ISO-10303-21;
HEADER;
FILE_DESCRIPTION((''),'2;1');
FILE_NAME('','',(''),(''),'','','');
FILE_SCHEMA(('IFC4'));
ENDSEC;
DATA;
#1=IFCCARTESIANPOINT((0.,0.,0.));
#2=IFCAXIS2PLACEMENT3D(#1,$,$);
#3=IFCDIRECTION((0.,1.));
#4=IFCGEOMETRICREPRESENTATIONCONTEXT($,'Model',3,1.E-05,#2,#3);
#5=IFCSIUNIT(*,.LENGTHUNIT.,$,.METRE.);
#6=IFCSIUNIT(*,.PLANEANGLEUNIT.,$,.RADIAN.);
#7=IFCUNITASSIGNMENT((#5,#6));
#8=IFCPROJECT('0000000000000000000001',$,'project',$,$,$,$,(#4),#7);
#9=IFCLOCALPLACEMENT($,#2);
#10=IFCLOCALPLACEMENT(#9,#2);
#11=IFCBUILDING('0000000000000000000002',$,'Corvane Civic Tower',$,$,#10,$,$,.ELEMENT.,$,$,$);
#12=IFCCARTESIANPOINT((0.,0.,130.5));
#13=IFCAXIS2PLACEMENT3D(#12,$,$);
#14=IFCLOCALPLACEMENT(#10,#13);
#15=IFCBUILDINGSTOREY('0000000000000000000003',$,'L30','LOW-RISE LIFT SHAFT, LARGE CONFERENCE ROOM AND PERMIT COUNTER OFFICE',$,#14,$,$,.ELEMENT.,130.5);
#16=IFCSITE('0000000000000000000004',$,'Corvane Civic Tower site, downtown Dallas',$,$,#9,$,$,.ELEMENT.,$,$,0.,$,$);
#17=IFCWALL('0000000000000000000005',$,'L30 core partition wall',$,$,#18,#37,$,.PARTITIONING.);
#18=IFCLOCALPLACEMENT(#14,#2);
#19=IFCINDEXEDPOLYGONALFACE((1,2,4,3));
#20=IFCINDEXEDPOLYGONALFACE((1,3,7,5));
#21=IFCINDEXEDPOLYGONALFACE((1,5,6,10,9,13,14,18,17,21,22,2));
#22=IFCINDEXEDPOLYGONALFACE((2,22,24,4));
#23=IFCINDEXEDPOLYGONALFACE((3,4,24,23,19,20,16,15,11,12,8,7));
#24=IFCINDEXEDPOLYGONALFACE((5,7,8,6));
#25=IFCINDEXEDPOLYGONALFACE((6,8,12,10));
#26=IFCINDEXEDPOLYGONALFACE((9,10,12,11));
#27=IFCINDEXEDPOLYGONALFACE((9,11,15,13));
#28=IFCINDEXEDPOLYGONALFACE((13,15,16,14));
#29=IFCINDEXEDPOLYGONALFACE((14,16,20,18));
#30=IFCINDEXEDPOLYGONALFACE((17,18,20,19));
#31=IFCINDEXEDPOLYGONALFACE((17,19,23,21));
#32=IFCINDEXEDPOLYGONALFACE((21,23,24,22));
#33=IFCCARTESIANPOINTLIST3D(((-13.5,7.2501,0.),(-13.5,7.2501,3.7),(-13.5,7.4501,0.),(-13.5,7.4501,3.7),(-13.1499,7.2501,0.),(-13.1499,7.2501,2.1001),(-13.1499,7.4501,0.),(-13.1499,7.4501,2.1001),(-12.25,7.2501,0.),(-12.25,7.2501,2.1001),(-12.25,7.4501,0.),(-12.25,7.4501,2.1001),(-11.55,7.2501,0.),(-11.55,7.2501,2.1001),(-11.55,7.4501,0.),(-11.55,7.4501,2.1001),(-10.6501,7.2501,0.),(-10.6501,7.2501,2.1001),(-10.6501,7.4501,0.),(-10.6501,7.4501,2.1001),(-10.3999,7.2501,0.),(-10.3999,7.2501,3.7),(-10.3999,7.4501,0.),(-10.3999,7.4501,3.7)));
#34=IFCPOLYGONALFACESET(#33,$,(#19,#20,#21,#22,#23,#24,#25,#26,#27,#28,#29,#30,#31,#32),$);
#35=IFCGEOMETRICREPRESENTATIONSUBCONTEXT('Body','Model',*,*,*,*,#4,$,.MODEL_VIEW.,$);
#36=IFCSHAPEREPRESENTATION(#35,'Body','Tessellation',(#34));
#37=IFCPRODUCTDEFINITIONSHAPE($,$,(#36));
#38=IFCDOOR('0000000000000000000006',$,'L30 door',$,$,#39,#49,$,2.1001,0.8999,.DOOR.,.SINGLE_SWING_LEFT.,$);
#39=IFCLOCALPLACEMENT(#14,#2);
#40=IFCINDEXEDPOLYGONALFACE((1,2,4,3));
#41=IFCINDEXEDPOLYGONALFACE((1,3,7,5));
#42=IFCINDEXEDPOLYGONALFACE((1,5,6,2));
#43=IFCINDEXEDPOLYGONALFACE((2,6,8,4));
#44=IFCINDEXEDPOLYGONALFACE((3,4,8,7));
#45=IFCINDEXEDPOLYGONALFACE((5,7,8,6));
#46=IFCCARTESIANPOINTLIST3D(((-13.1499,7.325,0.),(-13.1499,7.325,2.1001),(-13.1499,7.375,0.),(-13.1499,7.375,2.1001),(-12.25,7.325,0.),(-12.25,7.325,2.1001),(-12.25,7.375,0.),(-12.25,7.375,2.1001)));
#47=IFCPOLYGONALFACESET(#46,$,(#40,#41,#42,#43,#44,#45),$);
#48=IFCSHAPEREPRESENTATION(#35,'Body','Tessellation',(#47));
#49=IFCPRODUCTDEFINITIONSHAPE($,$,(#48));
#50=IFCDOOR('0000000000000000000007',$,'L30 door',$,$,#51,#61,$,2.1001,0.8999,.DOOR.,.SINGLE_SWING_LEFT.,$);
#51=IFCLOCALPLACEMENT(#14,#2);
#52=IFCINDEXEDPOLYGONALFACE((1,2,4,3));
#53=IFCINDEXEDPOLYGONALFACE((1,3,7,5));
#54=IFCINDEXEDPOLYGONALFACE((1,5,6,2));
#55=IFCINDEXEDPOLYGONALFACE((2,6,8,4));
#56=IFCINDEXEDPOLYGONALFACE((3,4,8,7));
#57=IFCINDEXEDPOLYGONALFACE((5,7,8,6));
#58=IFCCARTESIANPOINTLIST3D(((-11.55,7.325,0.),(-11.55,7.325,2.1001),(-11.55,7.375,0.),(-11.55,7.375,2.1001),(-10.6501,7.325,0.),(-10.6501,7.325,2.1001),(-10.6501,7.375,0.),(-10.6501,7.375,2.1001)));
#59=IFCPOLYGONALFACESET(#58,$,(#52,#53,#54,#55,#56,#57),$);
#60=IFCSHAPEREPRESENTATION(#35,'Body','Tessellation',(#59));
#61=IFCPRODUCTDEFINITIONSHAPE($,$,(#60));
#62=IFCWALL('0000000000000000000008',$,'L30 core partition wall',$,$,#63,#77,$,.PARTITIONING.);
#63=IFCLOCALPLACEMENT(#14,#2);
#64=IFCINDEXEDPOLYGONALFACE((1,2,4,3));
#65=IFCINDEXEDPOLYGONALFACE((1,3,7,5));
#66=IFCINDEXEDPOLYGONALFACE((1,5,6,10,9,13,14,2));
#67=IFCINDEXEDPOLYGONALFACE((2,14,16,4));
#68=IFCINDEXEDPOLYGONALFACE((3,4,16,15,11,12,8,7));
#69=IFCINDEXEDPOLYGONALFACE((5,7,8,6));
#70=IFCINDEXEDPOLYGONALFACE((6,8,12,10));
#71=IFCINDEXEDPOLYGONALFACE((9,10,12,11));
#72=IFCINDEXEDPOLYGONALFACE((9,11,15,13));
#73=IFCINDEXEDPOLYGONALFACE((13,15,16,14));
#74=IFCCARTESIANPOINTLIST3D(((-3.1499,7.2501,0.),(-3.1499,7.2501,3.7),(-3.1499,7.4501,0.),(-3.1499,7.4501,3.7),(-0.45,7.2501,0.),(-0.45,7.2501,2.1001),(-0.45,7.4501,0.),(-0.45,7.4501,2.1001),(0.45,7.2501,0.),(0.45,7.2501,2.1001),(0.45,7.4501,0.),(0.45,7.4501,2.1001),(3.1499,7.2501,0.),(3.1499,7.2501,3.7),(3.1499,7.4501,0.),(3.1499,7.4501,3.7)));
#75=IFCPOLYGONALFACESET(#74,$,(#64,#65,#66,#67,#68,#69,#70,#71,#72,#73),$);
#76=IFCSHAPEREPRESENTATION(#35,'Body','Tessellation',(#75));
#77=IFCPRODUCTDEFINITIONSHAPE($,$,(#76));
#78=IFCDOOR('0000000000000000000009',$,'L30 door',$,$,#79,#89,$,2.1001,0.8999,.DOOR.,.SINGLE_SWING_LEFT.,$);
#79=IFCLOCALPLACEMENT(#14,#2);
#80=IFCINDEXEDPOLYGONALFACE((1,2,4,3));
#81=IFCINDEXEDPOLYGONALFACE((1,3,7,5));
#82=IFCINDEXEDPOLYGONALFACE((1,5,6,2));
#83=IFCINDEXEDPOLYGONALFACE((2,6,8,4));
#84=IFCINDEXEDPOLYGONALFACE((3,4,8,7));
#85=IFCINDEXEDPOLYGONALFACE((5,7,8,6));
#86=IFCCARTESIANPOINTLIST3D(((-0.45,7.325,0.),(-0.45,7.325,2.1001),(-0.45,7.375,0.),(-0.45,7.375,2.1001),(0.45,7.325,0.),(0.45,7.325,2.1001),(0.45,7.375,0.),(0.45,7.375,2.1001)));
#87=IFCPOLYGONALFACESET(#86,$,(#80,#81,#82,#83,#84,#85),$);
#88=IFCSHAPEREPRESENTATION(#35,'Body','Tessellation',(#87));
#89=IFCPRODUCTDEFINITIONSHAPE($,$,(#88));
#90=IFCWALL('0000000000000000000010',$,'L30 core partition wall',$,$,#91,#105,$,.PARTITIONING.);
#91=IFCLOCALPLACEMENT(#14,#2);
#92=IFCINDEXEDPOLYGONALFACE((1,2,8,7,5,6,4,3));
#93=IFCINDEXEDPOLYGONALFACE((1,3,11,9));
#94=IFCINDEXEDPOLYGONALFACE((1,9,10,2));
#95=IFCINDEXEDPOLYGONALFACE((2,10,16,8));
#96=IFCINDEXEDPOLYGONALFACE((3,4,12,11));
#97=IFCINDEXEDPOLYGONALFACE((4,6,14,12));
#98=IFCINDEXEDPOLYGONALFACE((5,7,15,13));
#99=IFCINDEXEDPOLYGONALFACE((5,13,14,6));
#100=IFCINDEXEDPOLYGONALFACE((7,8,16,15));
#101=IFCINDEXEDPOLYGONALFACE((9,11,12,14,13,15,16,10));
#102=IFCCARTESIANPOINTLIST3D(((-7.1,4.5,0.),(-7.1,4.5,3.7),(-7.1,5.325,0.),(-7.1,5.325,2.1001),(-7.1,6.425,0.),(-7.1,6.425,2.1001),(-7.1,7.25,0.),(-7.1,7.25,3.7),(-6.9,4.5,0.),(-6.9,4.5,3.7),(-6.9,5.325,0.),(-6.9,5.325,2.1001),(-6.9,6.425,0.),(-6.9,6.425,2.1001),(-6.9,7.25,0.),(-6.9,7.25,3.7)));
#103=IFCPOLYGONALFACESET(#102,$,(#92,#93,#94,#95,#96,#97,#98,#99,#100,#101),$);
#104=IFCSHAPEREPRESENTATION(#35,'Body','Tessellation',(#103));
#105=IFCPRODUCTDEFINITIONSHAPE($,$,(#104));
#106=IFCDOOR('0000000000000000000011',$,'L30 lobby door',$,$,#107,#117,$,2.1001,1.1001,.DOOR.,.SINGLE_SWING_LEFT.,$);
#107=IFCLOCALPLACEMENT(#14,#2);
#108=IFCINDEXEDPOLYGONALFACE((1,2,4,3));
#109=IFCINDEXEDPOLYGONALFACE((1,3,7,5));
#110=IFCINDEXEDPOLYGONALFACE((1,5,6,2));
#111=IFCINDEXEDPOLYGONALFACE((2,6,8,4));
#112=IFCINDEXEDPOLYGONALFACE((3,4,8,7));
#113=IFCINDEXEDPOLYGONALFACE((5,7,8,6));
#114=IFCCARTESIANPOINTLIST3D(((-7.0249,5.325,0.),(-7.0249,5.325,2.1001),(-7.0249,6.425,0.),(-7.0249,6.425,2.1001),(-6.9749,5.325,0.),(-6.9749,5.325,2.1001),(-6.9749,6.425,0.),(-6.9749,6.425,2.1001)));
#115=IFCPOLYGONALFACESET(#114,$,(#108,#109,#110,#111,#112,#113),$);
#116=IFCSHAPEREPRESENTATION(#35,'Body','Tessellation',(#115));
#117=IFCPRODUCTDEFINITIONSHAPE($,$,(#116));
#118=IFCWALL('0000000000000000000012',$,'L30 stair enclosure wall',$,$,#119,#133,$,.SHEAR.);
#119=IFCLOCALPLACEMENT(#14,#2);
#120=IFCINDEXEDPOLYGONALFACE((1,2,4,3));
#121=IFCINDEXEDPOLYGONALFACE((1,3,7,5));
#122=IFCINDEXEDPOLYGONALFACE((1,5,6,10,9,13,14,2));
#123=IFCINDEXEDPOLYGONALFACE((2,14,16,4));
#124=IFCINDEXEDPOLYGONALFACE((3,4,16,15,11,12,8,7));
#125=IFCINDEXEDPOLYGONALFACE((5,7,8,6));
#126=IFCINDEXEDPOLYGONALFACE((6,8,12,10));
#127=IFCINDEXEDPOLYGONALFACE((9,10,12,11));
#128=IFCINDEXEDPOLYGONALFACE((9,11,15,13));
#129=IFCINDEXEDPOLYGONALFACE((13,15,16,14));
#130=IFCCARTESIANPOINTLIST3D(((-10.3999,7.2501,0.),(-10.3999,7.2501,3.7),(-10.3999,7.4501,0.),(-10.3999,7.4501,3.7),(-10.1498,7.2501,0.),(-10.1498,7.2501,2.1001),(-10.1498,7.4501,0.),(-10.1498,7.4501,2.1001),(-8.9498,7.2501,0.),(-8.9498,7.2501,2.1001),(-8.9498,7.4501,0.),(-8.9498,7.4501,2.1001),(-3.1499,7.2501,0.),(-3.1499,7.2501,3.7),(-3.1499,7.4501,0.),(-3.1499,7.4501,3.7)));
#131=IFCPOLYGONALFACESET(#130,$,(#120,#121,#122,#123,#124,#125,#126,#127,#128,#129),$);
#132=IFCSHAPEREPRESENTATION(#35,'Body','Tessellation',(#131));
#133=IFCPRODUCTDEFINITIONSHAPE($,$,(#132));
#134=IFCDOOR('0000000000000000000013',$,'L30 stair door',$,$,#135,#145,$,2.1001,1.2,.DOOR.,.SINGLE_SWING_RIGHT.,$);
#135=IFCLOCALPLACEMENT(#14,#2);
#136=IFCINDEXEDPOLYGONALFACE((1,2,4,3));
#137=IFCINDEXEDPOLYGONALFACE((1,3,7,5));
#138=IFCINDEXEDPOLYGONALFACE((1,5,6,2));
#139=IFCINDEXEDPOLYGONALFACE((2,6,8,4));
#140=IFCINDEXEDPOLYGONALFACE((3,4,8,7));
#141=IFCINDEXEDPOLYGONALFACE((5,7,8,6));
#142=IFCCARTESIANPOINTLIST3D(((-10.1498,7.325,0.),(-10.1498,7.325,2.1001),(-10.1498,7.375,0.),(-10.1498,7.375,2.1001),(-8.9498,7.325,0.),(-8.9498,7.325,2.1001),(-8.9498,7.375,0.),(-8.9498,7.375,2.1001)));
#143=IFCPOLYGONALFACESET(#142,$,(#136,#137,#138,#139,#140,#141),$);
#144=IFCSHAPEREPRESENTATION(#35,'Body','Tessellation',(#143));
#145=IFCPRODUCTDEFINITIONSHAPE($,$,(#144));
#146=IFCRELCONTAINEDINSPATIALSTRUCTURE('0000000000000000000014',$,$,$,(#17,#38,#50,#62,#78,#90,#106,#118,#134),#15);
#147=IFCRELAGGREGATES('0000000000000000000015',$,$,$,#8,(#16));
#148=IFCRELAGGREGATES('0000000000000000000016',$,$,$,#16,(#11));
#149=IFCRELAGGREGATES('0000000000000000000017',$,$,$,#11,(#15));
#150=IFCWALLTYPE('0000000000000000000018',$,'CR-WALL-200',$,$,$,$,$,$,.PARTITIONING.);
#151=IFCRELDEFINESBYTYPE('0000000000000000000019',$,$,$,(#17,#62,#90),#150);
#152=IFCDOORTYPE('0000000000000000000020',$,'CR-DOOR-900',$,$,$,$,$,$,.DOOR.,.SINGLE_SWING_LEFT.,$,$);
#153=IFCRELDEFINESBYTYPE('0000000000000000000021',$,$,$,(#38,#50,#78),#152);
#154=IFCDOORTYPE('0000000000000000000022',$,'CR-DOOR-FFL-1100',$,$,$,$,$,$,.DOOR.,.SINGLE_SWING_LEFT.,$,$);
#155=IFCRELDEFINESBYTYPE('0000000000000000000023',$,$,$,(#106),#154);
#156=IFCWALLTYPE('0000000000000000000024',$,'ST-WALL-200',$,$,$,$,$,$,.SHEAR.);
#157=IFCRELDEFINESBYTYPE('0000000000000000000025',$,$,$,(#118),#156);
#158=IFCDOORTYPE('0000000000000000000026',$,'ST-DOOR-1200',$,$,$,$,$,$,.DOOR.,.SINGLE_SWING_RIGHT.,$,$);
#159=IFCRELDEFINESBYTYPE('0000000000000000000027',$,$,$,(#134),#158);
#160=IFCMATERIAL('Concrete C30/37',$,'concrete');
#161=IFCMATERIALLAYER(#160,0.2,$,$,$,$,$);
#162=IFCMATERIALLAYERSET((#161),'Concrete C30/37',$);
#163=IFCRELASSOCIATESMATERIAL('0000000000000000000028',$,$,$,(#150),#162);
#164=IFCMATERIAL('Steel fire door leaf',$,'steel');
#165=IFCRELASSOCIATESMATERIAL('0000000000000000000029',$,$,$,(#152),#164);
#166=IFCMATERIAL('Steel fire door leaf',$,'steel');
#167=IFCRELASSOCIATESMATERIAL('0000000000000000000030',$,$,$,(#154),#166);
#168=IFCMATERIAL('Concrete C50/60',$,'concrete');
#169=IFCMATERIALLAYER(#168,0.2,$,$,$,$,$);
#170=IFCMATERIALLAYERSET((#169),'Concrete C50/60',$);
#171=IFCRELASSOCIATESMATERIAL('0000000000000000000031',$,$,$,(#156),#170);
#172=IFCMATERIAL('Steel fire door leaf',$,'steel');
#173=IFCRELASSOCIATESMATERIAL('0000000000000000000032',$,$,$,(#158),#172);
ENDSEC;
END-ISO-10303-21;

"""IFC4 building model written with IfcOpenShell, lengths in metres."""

from ifc_helpers import new_model, si_unit, direction, frame, frame_2d, origin, place, context, subcontext, project, spatial, rectangle, extrude, material, layer, layer_set, type_object, element, fill, save


model = new_model("IFC4")

# Units and contexts
model_context = context("Model", 3, precision=1e-05, world=origin(), true_north=direction((0.0, 1.0)))
body_context = subcontext(model_context, "Body", "Model", "MODEL_VIEW")
ifc_project = project(units=[si_unit("LENGTHUNIT", "METRE"), si_unit("PLANEANGLEUNIT", "RADIAN")], contexts=[model_context])

# Site, building, storey
site_placement = place(None, origin())
site = spatial("IfcSite", under=ifc_project, at=site_placement, Name="Corvane Civic Tower site, downtown Dallas", CompositionType="ELEMENT", RefElevation=0.0)
building_placement = place(site_placement, origin())
building = spatial("IfcBuilding", under=site, at=building_placement, Name="Corvane Civic Tower", CompositionType="ELEMENT")
storey_placement = place(building_placement, frame((0.0, 0.0, 130.5)))
storey = spatial("IfcBuildingStorey", under=building, at=storey_placement, Name="L30", Description="LOW-RISE LIFT SHAFT, LARGE CONFERENCE ROOM AND PERMIT COUNTER OFFICE", CompositionType="ELEMENT", Elevation=130.5)

# Wall, openings, doors
ifc_material_1 = material(Name="Concrete C30/37", Category="concrete")
ifc_layer_1 = layer(ifc_material_1, 0.2)
ifc_layer_set_1 = layer_set([ifc_layer_1], Name="Concrete C30/37")
wall_type_1 = type_object("IfcWallType", Name="CR-WALL-200", PredefinedType="PARTITIONING", material=ifc_layer_set_1)
wall_1_placement = place(storey_placement, frame((-13.5, 7.3501, 0.0), z_axis=(0.0, 0.0, 1.0), x_axis=(1.0, 0.0, 0.0)))
wall_1 = element("IfcWall", 1, at=wall_1_placement, inside=storey, type_object=wall_type_1, Name="L30 core partition wall", PredefinedType="PARTITIONING", context=body_context, shape_type="SweptSolid", body=[
    extrude(rectangle(XDim=3.1001, YDim=0.2, at=frame_2d((1.55, 0.0))), origin(), (0.0, 0.0, 1.0), 3.7),
])
opening_1_placement = place(wall_1_placement, frame((0.3501, 0.0, 0.0)))
opening_1 = element("IfcOpeningElement", 2, at=opening_1_placement, cuts=wall_1, PredefinedType="OPENING", context=body_context, shape_type="SweptSolid", body=[
    extrude(rectangle(XDim=0.8999, YDim=2.1001, at=frame_2d((0.45, 1.05))), frame((0.0, 0.1099, 0.0), z_axis=(0.0, -1.0, 0.0), x_axis=(1.0, 0.0, 0.0)), (0.0, 0.0, 1.0), 0.22),
])
opening_2_placement = place(wall_1_placement, frame((1.95, 0.0, 0.0)))
opening_2 = element("IfcOpeningElement", 3, at=opening_2_placement, cuts=wall_1, PredefinedType="OPENING", context=body_context, shape_type="SweptSolid", body=[
    extrude(rectangle(XDim=0.8999, YDim=2.1001, at=frame_2d((0.45, 1.05))), frame((0.0, 0.1099, 0.0), z_axis=(0.0, -1.0, 0.0), x_axis=(1.0, 0.0, 0.0)), (0.0, 0.0, 1.0), 0.22),
])
ifc_material_2 = material(Name="Steel fire door leaf", Category="steel")
door_type_1 = type_object("IfcDoorType", Name="CR-DOOR-900", OperationType="SINGLE_SWING_LEFT", PredefinedType="DOOR", material=ifc_material_2)
door_1_placement = place(opening_1_placement, origin())
door_1 = element("IfcDoor", 4, at=door_1_placement, inside=storey, type_object=door_type_1, Name="L30 door", OperationType="SINGLE_SWING_LEFT", OverallHeight=2.1001, OverallWidth=0.8999, PredefinedType="DOOR", context=body_context, shape_type="SweptSolid", body=[
    extrude(rectangle(XDim=0.8999, YDim=2.1001, at=frame_2d((0.45, 1.05))), frame((0.0, 0.0249, 0.0), z_axis=(0.0, -1.0, 0.0), x_axis=(1.0, 0.0, 0.0)), (0.0, 0.0, 1.0), 0.05),
])
fill(opening_1, door_1)
door_2_placement = place(opening_2_placement, origin())
door_2 = element("IfcDoor", 5, at=door_2_placement, inside=storey, type_object=door_type_1, Name="L30 door", OperationType="SINGLE_SWING_LEFT", OverallHeight=2.1001, OverallWidth=0.8999, PredefinedType="DOOR", context=body_context, shape_type="SweptSolid", body=[
    extrude(rectangle(XDim=0.8999, YDim=2.1001, at=frame_2d((0.45, 1.05))), frame((0.0, 0.0249, 0.0), z_axis=(0.0, -1.0, 0.0), x_axis=(1.0, 0.0, 0.0)), (0.0, 0.0, 1.0), 0.05),
])
fill(opening_2, door_2)

# Walls, openings, doors
wall_2_placement = place(storey_placement, frame((-3.1499, 7.3501, 0.0), z_axis=(0.0, 0.0, 1.0), x_axis=(1.0, 0.0, 0.0)))
wall_2 = element("IfcWall", 6, at=wall_2_placement, inside=storey, type_object=wall_type_1, Name="L30 core partition wall", PredefinedType="PARTITIONING", context=body_context, shape_type="SweptSolid", body=[
    extrude(rectangle(XDim=6.2998, YDim=0.2, at=frame_2d((3.1499, 0.0))), origin(), (0.0, 0.0, 1.0), 3.7),
])
opening_3_placement = place(wall_2_placement, frame((2.7, 0.0, 0.0)))
opening_3 = element("IfcOpeningElement", 7, at=opening_3_placement, cuts=wall_2, PredefinedType="OPENING", context=body_context, shape_type="SweptSolid", body=[
    extrude(rectangle(XDim=0.8999, YDim=2.1001, at=frame_2d((0.45, 1.05))), frame((0.0, 0.1099, 0.0), z_axis=(0.0, -1.0, 0.0), x_axis=(1.0, 0.0, 0.0)), (0.0, 0.0, 1.0), 0.22),
])
door_3_placement = place(opening_3_placement, origin())
door_3 = element("IfcDoor", 8, at=door_3_placement, inside=storey, type_object=door_type_1, Name="L30 door", OperationType="SINGLE_SWING_LEFT", OverallHeight=2.1001, OverallWidth=0.8999, PredefinedType="DOOR", context=body_context, shape_type="SweptSolid", body=[
    extrude(rectangle(XDim=0.8999, YDim=2.1001, at=frame_2d((0.45, 1.05))), frame((0.0, 0.0249, 0.0), z_axis=(0.0, -1.0, 0.0), x_axis=(1.0, 0.0, 0.0)), (0.0, 0.0, 1.0), 0.05),
])
fill(opening_3, door_3)
wall_3_placement = place(storey_placement, frame((-7.0, 4.5, 0.0), z_axis=(0.0, 0.0, 1.0), x_axis=(0.0, 1.0, 0.0)))
wall_3 = element("IfcWall", 9, at=wall_3_placement, inside=storey, type_object=wall_type_1, Name="L30 core partition wall", PredefinedType="PARTITIONING", context=body_context, shape_type="SweptSolid", body=[
    extrude(rectangle(XDim=2.75, YDim=0.2, at=frame_2d((1.375, 0.0))), origin(), (0.0, 0.0, 1.0), 3.7),
])
opening_4_placement = place(wall_3_placement, frame((0.825, 0.0, 0.0)))
opening_4 = element("IfcOpeningElement", 10, at=opening_4_placement, cuts=wall_3, PredefinedType="OPENING", context=body_context, shape_type="SweptSolid", body=[
    extrude(rectangle(XDim=1.1001, YDim=2.1001, at=frame_2d((0.55, 1.05))), frame((0.0, 0.1099, 0.0), z_axis=(0.0, -1.0, 0.0), x_axis=(1.0, 0.0, 0.0)), (0.0, 0.0, 1.0), 0.22),
])
ifc_material_3 = material(Name="Steel fire door leaf", Category="steel")
door_type_2 = type_object("IfcDoorType", Name="CR-DOOR-FFL-1100", OperationType="SINGLE_SWING_LEFT", PredefinedType="DOOR", material=ifc_material_3)
door_4_placement = place(opening_4_placement, origin())
door_4 = element("IfcDoor", 11, at=door_4_placement, inside=storey, type_object=door_type_2, Name="L30 lobby door", OperationType="SINGLE_SWING_LEFT", OverallHeight=2.1001, OverallWidth=1.1001, PredefinedType="DOOR", context=body_context, shape_type="SweptSolid", body=[
    extrude(rectangle(XDim=1.1001, YDim=2.1001, at=frame_2d((0.55, 1.05))), frame((0.0, 0.0249, 0.0), z_axis=(0.0, -1.0, 0.0), x_axis=(1.0, 0.0, 0.0)), (0.0, 0.0, 1.0), 0.05),
])
fill(opening_4, door_4)
ifc_material_4 = material(Name="Concrete C50/60", Category="concrete")
ifc_layer_2 = layer(ifc_material_4, 0.2)
ifc_layer_set_2 = layer_set([ifc_layer_2], Name="Concrete C50/60")
wall_type_2 = type_object("IfcWallType", Name="ST-WALL-200", PredefinedType="SHEAR", material=ifc_layer_set_2)
wall_4_placement = place(storey_placement, frame((-10.3999, 7.3501, 0.0), z_axis=(0.0, 0.0, 1.0), x_axis=(1.0, 0.0, 0.0)))
wall_4 = element("IfcWall", 12, at=wall_4_placement, inside=storey, type_object=wall_type_2, Name="L30 stair enclosure wall", PredefinedType="SHEAR", context=body_context, shape_type="SweptSolid", body=[
    extrude(rectangle(XDim=7.25, YDim=0.2, at=frame_2d((3.625, 0.0))), origin(), (0.0, 0.0, 1.0), 3.7),
])
opening_5_placement = place(wall_4_placement, frame((0.25, 0.0, 0.0)))
opening_5 = element("IfcOpeningElement", 13, at=opening_5_placement, cuts=wall_4, PredefinedType="OPENING", context=body_context, shape_type="SweptSolid", body=[
    extrude(rectangle(XDim=1.2, YDim=2.1001, at=frame_2d((0.6001, 1.05))), frame((0.0, 0.1099, 0.0), z_axis=(0.0, -1.0, 0.0), x_axis=(1.0, 0.0, 0.0)), (0.0, 0.0, 1.0), 0.22),
])
ifc_material_5 = material(Name="Steel fire door leaf", Category="steel")
door_type_3 = type_object("IfcDoorType", Name="ST-DOOR-1200", OperationType="SINGLE_SWING_RIGHT", PredefinedType="DOOR", material=ifc_material_5)
door_5_placement = place(opening_5_placement, origin())
door_5 = element("IfcDoor", 14, at=door_5_placement, inside=storey, type_object=door_type_3, Name="L30 stair door", OperationType="SINGLE_SWING_RIGHT", OverallHeight=2.1001, OverallWidth=1.2, PredefinedType="DOOR", context=body_context, shape_type="SweptSolid", body=[
    extrude(rectangle(XDim=1.2, YDim=2.1001, at=frame_2d((0.6001, 1.05))), frame((0.0, 0.0249, 0.0), z_axis=(0.0, -1.0, 0.0), x_axis=(1.0, 0.0, 0.0)), (0.0, 0.0, 1.0), 0.05),
])
fill(opening_5, door_5)

save(model, "model.ifc")
